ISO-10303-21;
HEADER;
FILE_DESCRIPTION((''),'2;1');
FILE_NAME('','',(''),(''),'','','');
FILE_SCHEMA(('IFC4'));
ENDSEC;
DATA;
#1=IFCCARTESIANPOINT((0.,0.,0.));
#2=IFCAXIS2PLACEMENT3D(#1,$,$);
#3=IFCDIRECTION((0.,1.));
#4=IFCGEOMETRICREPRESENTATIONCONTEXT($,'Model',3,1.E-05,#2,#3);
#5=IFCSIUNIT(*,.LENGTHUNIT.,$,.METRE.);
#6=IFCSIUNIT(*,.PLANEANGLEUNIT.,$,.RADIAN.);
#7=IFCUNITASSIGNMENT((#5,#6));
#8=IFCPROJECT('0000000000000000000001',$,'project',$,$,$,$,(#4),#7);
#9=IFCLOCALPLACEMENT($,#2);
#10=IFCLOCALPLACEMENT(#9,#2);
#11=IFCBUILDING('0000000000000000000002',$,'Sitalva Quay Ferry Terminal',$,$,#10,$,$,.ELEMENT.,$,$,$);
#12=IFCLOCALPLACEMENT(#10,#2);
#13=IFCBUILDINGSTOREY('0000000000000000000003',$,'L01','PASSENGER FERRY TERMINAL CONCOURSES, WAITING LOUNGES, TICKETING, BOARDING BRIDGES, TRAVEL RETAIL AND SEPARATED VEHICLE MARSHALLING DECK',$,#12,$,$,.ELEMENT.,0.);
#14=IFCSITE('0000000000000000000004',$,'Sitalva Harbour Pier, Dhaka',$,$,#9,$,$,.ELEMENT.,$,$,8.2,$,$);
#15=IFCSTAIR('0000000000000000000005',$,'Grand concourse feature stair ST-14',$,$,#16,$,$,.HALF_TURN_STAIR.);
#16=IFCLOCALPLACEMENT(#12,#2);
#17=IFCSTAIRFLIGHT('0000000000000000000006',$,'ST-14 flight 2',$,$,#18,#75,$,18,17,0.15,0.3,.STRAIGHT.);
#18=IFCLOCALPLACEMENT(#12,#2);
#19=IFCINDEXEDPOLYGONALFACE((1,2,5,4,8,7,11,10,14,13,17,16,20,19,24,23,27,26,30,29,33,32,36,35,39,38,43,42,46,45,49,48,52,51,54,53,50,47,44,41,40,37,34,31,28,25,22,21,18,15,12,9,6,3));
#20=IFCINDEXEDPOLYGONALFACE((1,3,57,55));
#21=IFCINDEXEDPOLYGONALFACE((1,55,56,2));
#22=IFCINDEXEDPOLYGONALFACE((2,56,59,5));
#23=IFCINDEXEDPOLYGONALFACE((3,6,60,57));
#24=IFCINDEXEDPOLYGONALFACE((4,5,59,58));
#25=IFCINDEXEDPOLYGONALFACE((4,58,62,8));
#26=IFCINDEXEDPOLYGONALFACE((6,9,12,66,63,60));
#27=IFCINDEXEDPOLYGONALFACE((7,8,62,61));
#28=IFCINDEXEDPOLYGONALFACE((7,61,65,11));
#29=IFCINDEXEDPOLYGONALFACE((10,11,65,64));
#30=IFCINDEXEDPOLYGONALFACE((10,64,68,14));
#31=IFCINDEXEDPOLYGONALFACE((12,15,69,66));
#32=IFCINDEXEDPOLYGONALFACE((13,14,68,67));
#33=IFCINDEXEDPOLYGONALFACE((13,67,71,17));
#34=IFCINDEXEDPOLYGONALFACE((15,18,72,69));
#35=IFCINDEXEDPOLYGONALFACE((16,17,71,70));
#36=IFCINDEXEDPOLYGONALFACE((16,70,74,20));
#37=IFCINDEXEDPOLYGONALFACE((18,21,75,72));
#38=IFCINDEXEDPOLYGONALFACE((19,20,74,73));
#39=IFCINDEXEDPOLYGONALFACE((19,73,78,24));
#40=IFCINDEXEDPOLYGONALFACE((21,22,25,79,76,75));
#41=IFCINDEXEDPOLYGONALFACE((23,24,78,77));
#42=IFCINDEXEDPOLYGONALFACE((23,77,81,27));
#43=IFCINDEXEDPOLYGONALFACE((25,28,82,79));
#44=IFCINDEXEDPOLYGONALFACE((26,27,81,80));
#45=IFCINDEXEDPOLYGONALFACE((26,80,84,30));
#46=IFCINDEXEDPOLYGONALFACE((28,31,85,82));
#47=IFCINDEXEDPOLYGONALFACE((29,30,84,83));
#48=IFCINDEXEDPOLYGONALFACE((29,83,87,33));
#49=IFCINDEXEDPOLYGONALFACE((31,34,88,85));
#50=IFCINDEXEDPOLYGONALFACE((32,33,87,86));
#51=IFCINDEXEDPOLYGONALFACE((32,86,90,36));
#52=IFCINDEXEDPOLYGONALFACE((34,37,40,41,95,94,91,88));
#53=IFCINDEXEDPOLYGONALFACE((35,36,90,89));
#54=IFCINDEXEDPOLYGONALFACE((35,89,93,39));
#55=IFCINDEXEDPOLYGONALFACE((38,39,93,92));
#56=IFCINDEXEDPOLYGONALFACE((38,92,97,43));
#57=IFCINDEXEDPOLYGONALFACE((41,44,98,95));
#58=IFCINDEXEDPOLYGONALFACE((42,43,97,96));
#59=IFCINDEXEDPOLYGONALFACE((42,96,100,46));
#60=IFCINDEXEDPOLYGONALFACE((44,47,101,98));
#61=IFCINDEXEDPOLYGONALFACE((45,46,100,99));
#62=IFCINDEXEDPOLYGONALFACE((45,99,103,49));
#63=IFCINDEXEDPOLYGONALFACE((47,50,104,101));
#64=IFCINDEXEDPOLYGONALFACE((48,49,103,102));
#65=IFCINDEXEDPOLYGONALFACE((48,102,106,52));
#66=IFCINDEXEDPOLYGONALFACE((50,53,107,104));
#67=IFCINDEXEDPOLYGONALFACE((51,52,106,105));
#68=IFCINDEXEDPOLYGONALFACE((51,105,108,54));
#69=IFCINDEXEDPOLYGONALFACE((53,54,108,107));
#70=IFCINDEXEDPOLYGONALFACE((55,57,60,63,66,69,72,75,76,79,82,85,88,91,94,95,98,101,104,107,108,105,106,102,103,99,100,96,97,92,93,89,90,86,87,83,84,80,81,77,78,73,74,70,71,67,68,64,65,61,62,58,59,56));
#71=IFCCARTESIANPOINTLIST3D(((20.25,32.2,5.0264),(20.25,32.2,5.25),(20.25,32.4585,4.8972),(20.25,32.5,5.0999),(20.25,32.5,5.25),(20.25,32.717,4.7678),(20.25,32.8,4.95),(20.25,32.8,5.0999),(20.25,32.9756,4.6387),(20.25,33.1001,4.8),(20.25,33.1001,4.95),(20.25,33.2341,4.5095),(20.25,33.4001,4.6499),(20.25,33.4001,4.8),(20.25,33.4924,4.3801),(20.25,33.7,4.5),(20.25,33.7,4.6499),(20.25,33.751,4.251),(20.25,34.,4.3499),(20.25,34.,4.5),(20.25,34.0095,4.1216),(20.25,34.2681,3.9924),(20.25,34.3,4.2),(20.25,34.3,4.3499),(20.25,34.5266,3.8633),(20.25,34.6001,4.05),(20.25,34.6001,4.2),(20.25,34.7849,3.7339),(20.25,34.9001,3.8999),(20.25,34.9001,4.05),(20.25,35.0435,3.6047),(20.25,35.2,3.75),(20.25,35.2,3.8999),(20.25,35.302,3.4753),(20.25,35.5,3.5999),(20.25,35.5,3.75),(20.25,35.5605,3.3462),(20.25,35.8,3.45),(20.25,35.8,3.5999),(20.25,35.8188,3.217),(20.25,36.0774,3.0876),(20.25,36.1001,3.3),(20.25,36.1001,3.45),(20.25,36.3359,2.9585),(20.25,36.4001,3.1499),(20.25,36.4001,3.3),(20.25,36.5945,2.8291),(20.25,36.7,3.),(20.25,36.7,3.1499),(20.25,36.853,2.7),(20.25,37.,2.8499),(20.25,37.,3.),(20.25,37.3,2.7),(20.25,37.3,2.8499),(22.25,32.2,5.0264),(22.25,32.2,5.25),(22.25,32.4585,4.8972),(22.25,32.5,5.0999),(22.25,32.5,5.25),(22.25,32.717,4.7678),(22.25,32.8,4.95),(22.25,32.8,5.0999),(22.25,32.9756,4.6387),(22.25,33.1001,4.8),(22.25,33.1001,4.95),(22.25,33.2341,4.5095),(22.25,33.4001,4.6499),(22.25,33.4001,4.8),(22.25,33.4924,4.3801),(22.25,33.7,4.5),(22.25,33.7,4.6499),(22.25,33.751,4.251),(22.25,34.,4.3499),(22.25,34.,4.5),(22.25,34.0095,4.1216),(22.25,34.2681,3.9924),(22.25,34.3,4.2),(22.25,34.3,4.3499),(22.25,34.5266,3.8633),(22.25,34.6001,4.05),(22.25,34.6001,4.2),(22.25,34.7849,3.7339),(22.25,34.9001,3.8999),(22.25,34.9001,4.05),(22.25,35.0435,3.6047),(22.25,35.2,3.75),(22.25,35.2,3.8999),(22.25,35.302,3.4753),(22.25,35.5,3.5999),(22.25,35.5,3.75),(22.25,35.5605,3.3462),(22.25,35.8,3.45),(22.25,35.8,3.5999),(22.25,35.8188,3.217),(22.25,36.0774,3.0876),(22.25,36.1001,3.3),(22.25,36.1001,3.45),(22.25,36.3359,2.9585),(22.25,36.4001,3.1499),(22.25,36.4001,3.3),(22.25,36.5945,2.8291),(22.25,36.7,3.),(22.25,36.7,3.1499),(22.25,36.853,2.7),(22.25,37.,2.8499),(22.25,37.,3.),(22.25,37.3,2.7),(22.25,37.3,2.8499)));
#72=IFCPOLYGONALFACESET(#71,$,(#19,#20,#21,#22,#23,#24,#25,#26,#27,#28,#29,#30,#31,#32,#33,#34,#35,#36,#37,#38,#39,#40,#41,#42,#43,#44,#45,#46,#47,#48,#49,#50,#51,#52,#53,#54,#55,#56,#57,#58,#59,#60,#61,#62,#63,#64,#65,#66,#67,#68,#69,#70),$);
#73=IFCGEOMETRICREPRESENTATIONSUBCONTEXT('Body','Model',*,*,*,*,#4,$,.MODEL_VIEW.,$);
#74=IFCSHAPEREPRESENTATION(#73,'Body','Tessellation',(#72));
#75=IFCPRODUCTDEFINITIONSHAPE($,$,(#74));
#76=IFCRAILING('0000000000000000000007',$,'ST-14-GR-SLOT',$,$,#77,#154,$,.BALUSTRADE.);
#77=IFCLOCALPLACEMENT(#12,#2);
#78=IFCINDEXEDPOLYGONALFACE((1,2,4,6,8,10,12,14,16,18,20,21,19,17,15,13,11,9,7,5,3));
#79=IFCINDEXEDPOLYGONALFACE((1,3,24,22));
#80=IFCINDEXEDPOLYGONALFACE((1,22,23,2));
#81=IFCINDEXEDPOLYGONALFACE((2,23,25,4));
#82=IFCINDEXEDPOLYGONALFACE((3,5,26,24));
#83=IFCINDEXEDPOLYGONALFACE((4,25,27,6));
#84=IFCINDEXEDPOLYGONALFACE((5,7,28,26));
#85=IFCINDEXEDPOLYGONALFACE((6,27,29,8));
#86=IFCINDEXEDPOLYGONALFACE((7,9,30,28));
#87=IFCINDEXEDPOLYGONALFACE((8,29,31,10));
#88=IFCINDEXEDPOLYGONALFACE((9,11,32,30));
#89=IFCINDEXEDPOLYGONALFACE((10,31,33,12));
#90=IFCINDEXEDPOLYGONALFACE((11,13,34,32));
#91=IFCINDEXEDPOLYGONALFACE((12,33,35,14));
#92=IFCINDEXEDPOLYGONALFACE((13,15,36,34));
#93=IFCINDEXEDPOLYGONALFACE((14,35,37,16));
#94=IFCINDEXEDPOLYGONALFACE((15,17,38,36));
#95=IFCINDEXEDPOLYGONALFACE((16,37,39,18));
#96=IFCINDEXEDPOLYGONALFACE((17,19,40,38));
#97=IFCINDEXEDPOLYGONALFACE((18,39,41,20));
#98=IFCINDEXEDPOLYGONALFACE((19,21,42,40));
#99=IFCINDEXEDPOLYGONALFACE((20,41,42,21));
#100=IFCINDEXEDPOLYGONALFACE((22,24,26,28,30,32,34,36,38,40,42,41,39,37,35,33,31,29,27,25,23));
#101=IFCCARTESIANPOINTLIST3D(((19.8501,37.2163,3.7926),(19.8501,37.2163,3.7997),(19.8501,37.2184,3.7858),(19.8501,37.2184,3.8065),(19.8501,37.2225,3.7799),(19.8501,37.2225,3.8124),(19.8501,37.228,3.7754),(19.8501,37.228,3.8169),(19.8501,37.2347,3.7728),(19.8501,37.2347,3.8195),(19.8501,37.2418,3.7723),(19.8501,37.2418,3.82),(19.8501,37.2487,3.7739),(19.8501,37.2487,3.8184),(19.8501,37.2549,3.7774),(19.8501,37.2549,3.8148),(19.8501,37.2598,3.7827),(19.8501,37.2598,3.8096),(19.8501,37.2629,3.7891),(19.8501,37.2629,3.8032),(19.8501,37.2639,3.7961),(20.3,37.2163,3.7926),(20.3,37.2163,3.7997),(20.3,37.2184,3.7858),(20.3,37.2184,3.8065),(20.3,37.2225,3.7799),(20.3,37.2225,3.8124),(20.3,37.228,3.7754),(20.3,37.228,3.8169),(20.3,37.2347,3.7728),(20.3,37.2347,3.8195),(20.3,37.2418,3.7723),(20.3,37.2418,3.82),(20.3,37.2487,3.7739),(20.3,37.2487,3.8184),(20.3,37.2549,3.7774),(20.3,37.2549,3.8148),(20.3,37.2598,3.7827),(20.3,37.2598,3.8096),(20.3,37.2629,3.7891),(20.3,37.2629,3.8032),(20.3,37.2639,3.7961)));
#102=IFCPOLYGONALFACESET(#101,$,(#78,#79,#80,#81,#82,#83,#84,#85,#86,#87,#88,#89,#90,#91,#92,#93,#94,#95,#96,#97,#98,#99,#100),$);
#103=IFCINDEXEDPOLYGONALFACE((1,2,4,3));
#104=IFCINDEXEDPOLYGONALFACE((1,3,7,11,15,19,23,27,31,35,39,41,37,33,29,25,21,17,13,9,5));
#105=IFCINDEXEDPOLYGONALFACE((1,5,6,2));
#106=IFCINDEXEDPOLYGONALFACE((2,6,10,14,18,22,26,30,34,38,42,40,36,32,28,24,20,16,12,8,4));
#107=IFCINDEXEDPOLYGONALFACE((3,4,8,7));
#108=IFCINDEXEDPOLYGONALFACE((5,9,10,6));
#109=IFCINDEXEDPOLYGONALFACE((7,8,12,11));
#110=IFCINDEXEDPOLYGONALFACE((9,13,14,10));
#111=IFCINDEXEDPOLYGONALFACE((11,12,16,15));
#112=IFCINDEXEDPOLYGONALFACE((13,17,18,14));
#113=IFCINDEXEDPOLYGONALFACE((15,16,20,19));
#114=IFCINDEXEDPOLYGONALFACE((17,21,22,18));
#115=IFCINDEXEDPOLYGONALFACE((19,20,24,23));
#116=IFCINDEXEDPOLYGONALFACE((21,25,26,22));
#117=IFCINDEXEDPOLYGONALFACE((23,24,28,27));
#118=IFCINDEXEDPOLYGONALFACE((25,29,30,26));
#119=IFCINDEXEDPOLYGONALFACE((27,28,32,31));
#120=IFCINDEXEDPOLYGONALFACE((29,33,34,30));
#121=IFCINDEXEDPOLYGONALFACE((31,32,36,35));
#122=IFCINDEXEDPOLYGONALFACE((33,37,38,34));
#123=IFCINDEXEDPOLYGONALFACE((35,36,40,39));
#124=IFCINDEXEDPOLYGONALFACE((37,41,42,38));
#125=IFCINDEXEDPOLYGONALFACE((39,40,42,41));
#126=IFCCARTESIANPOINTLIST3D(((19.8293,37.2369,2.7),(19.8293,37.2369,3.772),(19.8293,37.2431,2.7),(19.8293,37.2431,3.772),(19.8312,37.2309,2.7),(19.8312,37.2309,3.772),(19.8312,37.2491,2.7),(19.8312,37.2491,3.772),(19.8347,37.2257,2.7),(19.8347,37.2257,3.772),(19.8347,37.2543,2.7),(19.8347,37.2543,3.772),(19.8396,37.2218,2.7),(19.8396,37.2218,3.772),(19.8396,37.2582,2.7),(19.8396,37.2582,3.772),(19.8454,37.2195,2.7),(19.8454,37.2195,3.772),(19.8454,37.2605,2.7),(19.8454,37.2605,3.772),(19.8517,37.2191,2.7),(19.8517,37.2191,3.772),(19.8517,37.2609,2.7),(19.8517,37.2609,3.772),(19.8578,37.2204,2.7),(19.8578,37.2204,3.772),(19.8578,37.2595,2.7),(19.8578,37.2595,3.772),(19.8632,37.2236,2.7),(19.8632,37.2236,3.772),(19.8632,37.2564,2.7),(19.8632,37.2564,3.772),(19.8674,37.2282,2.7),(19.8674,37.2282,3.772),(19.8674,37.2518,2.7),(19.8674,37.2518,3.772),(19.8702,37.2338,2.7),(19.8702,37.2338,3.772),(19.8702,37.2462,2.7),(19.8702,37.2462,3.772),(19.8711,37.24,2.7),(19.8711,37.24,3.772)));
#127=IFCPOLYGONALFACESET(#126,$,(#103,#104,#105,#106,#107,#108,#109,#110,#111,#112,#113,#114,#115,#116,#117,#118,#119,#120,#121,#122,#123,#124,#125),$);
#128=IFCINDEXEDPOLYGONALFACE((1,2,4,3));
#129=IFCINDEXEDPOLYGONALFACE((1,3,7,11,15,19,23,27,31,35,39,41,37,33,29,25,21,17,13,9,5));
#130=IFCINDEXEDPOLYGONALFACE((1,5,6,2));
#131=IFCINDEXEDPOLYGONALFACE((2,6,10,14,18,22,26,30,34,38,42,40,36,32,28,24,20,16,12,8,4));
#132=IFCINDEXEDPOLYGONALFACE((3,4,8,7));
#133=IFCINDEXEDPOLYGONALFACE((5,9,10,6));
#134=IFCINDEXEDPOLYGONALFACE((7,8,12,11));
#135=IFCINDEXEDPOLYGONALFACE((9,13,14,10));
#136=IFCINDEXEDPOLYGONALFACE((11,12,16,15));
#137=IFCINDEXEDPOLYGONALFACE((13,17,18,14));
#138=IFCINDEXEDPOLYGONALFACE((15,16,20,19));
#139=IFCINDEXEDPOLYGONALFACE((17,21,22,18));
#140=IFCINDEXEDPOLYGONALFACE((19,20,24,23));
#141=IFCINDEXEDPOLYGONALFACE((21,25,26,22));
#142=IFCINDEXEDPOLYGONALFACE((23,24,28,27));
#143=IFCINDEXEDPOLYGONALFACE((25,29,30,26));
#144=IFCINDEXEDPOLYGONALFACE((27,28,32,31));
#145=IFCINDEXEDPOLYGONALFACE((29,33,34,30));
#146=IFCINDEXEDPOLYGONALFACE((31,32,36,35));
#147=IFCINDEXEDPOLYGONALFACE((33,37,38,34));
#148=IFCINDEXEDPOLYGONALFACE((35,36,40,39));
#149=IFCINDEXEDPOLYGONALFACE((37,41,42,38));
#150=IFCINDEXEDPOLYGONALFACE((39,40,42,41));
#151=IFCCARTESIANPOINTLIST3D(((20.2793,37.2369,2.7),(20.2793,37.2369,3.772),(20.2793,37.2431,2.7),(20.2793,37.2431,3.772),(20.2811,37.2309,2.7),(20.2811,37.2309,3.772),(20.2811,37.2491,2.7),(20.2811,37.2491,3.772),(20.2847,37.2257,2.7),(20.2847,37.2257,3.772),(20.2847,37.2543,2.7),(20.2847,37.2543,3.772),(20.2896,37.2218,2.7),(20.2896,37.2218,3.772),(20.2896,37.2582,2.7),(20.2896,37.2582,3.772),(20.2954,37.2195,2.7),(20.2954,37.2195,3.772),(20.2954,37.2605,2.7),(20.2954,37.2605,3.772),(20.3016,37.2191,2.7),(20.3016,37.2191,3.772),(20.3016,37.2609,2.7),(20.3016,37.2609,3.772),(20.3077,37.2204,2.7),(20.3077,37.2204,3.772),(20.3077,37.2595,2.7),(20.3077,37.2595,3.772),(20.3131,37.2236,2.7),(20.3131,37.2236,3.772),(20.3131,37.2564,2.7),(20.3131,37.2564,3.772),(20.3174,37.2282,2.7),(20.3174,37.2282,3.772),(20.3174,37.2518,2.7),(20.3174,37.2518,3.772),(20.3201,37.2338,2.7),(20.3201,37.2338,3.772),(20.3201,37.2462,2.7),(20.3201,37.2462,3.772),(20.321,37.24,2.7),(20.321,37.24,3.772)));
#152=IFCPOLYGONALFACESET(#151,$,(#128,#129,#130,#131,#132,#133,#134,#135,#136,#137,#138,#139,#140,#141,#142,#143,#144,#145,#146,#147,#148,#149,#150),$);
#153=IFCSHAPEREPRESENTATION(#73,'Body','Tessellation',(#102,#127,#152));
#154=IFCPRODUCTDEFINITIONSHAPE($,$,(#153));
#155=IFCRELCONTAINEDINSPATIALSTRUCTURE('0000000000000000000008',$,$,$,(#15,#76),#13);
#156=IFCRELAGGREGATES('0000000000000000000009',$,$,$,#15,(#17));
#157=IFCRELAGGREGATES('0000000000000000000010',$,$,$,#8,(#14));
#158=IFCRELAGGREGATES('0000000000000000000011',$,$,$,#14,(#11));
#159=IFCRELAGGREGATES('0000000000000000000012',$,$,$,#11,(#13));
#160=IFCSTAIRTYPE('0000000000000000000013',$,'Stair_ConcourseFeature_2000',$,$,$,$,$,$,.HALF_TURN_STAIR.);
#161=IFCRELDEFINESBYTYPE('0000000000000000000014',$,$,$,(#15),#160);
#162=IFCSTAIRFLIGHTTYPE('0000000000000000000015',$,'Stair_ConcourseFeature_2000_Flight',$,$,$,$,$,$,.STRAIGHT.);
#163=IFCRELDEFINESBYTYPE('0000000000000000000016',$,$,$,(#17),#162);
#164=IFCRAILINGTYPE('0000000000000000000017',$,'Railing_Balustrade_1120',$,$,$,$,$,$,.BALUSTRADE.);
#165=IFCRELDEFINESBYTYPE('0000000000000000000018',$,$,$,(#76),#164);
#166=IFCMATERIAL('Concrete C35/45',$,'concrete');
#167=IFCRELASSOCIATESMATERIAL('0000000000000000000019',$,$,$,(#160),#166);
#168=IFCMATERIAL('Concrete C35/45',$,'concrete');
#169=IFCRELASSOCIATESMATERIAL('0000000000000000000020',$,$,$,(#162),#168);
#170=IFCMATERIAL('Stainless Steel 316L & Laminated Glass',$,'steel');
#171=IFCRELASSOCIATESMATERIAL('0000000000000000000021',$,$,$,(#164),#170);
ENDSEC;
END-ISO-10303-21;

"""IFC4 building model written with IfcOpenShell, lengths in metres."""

from ifc_helpers import new_model, si_unit, direction, frame, origin, origin_2d, place, context, subcontext, project, spatial, polyline, circle, outline, extrude, material, type_object, element, aggregate, save


model = new_model("IFC4")

# Units and contexts
model_context = context("Model", 3, precision=1e-05, world=origin(), true_north=direction((0.0, 1.0)))
body_context = subcontext(model_context, "Body", "Model", "MODEL_VIEW")
ifc_project = project(units=[si_unit("LENGTHUNIT", "METRE"), si_unit("PLANEANGLEUNIT", "RADIAN")], contexts=[model_context])

# Site, building, storey
site_placement = place(None, origin())
site = spatial("IfcSite", under=ifc_project, at=site_placement, Name="Sitalva Harbour Pier, Dhaka", CompositionType="ELEMENT", RefElevation=8.2)
building_placement = place(site_placement, origin())
building = spatial("IfcBuilding", under=site, at=building_placement, Name="Sitalva Quay Ferry Terminal", CompositionType="ELEMENT")
storey_placement = place(building_placement, origin())
storey = spatial("IfcBuildingStorey", under=building, at=storey_placement, Name="L01", Description="PASSENGER FERRY TERMINAL CONCOURSES, WAITING LOUNGES, TICKETING, BOARDING BRIDGES, TRAVEL RETAIL AND SEPARATED VEHICLE MARSHALLING DECK", CompositionType="ELEMENT", Elevation=0.0)

# Stair, stair flight
ifc_material_1 = material(Name="Concrete C35/45", Category="concrete")
stair_type = type_object("IfcStairType", Name="Stair_ConcourseFeature_2000", PredefinedType="HALF_TURN_STAIR", material=ifc_material_1)
stair_placement = place(storey_placement, origin())
stair = element("IfcStair", 1, at=stair_placement, inside=storey, type_object=stair_type, Name="Grand concourse feature stair ST-14", PredefinedType="HALF_TURN_STAIR")
ifc_material_2 = material(Name="Concrete C35/45", Category="concrete")
stair_flight_type = type_object("IfcStairFlightType", Name="Stair_ConcourseFeature_2000_Flight", PredefinedType="STRAIGHT", material=ifc_material_2)
stair_flight_placement = place(storey_placement, frame((21.25, 37.3, 2.7), z_axis=(0.0, 0.0, 1.0), x_axis=(0.0, -1.0, 0.0)))
stair_flight = element("IfcStairFlight", 2, at=stair_flight_placement, type_object=stair_flight_type, Name="ST-14 flight 2", NumberOfRisers=18, NumberOfTreads=17, PredefinedType="STRAIGHT", RiserHeight=0.15, TreadLength=0.3, context=body_context, shape_type="SweptSolid", body=[
    extrude(outline(polyline([(0.0, 0.0), (0.0, 0.1499), (0.3, 0.1499), (0.3, 0.3), (0.6001, 0.3), (0.6001, 0.45), (0.8999, 0.45), (0.8999, 0.6001), (1.2, 0.6001), (1.2, 0.75), (1.5, 0.75), (1.5, 0.8999), (1.8, 0.8999), (1.8, 1.05), (2.1001, 1.05), (2.1001, 1.2), (2.3999, 1.2), (2.3999, 1.3501), (2.7, 1.3501), (2.7, 1.5), (3.0, 1.5), (3.0, 1.6499), (3.3, 1.6499), (3.3, 1.8), (3.6001, 1.8), (3.6001, 1.95), (3.8999, 1.95), (3.8999, 2.1001), (4.2, 2.1001), (4.2, 2.25), (4.5, 2.25), (4.5, 2.3999), (4.8, 2.3999), (4.8, 2.55), (5.1001, 2.55), (5.1001, 2.7), (5.1001, 2.3264), (4.8416, 2.1973), (4.583, 2.0679), (4.3245, 1.9387), (4.0659, 1.8096), (3.8076, 1.6802), (3.5491, 1.551), (3.2905, 1.4216), (3.032, 1.2925), (2.7734, 1.1633), (2.5151, 1.0339), (2.2566, 0.9048), (1.998, 0.7754), (1.7395, 0.6462), (1.4812, 0.5171), (1.2227, 0.3877), (0.9641, 0.2585), (0.7056, 0.1292), (0.447, 0.0), (0.0, 0.0)])), frame((0.0, 1.0, 0.0), z_axis=(0.0, -1.0, 0.0), x_axis=(1.0, 0.0, 0.0)), (0.0, 0.0, 1.0), 2.0),
])
aggregate(stair, [stair_flight])

# Railing
ifc_material_3 = material(Name="Stainless Steel 316L & Laminated Glass", Category="steel")
railing_type = type_object("IfcRailingType", Name="Railing_Balustrade_1120", PredefinedType="BALUSTRADE", material=ifc_material_3)
railing_1_placement = place(storey_placement, frame((19.8501, 37.24, 2.7)))
element("IfcRailing", 3, at=railing_1_placement, inside=storey, type_object=railing_type, Name="ST-14-GR-SLOT", PredefinedType="BALUSTRADE", context=body_context, shape_type="SweptSolid", body=[
    extrude(circle(Radius=0.0239, at=origin_2d()), frame((0.0, 0.0, 1.0962), z_axis=(1.0, 0.0, 0.0), x_axis=(0.0, 1.0, 0.0)), (0.0, 0.0, 1.0), 0.45),
    extrude(circle(Radius=0.021, at=origin_2d()), origin(), (0.0, 0.0, 1.0), 1.072),
    extrude(circle(Radius=0.021, at=origin_2d()), frame((0.45, 0.0, 0.0)), (0.0, 0.0, 1.0), 1.072),
])

save(model, "model.ifc")
